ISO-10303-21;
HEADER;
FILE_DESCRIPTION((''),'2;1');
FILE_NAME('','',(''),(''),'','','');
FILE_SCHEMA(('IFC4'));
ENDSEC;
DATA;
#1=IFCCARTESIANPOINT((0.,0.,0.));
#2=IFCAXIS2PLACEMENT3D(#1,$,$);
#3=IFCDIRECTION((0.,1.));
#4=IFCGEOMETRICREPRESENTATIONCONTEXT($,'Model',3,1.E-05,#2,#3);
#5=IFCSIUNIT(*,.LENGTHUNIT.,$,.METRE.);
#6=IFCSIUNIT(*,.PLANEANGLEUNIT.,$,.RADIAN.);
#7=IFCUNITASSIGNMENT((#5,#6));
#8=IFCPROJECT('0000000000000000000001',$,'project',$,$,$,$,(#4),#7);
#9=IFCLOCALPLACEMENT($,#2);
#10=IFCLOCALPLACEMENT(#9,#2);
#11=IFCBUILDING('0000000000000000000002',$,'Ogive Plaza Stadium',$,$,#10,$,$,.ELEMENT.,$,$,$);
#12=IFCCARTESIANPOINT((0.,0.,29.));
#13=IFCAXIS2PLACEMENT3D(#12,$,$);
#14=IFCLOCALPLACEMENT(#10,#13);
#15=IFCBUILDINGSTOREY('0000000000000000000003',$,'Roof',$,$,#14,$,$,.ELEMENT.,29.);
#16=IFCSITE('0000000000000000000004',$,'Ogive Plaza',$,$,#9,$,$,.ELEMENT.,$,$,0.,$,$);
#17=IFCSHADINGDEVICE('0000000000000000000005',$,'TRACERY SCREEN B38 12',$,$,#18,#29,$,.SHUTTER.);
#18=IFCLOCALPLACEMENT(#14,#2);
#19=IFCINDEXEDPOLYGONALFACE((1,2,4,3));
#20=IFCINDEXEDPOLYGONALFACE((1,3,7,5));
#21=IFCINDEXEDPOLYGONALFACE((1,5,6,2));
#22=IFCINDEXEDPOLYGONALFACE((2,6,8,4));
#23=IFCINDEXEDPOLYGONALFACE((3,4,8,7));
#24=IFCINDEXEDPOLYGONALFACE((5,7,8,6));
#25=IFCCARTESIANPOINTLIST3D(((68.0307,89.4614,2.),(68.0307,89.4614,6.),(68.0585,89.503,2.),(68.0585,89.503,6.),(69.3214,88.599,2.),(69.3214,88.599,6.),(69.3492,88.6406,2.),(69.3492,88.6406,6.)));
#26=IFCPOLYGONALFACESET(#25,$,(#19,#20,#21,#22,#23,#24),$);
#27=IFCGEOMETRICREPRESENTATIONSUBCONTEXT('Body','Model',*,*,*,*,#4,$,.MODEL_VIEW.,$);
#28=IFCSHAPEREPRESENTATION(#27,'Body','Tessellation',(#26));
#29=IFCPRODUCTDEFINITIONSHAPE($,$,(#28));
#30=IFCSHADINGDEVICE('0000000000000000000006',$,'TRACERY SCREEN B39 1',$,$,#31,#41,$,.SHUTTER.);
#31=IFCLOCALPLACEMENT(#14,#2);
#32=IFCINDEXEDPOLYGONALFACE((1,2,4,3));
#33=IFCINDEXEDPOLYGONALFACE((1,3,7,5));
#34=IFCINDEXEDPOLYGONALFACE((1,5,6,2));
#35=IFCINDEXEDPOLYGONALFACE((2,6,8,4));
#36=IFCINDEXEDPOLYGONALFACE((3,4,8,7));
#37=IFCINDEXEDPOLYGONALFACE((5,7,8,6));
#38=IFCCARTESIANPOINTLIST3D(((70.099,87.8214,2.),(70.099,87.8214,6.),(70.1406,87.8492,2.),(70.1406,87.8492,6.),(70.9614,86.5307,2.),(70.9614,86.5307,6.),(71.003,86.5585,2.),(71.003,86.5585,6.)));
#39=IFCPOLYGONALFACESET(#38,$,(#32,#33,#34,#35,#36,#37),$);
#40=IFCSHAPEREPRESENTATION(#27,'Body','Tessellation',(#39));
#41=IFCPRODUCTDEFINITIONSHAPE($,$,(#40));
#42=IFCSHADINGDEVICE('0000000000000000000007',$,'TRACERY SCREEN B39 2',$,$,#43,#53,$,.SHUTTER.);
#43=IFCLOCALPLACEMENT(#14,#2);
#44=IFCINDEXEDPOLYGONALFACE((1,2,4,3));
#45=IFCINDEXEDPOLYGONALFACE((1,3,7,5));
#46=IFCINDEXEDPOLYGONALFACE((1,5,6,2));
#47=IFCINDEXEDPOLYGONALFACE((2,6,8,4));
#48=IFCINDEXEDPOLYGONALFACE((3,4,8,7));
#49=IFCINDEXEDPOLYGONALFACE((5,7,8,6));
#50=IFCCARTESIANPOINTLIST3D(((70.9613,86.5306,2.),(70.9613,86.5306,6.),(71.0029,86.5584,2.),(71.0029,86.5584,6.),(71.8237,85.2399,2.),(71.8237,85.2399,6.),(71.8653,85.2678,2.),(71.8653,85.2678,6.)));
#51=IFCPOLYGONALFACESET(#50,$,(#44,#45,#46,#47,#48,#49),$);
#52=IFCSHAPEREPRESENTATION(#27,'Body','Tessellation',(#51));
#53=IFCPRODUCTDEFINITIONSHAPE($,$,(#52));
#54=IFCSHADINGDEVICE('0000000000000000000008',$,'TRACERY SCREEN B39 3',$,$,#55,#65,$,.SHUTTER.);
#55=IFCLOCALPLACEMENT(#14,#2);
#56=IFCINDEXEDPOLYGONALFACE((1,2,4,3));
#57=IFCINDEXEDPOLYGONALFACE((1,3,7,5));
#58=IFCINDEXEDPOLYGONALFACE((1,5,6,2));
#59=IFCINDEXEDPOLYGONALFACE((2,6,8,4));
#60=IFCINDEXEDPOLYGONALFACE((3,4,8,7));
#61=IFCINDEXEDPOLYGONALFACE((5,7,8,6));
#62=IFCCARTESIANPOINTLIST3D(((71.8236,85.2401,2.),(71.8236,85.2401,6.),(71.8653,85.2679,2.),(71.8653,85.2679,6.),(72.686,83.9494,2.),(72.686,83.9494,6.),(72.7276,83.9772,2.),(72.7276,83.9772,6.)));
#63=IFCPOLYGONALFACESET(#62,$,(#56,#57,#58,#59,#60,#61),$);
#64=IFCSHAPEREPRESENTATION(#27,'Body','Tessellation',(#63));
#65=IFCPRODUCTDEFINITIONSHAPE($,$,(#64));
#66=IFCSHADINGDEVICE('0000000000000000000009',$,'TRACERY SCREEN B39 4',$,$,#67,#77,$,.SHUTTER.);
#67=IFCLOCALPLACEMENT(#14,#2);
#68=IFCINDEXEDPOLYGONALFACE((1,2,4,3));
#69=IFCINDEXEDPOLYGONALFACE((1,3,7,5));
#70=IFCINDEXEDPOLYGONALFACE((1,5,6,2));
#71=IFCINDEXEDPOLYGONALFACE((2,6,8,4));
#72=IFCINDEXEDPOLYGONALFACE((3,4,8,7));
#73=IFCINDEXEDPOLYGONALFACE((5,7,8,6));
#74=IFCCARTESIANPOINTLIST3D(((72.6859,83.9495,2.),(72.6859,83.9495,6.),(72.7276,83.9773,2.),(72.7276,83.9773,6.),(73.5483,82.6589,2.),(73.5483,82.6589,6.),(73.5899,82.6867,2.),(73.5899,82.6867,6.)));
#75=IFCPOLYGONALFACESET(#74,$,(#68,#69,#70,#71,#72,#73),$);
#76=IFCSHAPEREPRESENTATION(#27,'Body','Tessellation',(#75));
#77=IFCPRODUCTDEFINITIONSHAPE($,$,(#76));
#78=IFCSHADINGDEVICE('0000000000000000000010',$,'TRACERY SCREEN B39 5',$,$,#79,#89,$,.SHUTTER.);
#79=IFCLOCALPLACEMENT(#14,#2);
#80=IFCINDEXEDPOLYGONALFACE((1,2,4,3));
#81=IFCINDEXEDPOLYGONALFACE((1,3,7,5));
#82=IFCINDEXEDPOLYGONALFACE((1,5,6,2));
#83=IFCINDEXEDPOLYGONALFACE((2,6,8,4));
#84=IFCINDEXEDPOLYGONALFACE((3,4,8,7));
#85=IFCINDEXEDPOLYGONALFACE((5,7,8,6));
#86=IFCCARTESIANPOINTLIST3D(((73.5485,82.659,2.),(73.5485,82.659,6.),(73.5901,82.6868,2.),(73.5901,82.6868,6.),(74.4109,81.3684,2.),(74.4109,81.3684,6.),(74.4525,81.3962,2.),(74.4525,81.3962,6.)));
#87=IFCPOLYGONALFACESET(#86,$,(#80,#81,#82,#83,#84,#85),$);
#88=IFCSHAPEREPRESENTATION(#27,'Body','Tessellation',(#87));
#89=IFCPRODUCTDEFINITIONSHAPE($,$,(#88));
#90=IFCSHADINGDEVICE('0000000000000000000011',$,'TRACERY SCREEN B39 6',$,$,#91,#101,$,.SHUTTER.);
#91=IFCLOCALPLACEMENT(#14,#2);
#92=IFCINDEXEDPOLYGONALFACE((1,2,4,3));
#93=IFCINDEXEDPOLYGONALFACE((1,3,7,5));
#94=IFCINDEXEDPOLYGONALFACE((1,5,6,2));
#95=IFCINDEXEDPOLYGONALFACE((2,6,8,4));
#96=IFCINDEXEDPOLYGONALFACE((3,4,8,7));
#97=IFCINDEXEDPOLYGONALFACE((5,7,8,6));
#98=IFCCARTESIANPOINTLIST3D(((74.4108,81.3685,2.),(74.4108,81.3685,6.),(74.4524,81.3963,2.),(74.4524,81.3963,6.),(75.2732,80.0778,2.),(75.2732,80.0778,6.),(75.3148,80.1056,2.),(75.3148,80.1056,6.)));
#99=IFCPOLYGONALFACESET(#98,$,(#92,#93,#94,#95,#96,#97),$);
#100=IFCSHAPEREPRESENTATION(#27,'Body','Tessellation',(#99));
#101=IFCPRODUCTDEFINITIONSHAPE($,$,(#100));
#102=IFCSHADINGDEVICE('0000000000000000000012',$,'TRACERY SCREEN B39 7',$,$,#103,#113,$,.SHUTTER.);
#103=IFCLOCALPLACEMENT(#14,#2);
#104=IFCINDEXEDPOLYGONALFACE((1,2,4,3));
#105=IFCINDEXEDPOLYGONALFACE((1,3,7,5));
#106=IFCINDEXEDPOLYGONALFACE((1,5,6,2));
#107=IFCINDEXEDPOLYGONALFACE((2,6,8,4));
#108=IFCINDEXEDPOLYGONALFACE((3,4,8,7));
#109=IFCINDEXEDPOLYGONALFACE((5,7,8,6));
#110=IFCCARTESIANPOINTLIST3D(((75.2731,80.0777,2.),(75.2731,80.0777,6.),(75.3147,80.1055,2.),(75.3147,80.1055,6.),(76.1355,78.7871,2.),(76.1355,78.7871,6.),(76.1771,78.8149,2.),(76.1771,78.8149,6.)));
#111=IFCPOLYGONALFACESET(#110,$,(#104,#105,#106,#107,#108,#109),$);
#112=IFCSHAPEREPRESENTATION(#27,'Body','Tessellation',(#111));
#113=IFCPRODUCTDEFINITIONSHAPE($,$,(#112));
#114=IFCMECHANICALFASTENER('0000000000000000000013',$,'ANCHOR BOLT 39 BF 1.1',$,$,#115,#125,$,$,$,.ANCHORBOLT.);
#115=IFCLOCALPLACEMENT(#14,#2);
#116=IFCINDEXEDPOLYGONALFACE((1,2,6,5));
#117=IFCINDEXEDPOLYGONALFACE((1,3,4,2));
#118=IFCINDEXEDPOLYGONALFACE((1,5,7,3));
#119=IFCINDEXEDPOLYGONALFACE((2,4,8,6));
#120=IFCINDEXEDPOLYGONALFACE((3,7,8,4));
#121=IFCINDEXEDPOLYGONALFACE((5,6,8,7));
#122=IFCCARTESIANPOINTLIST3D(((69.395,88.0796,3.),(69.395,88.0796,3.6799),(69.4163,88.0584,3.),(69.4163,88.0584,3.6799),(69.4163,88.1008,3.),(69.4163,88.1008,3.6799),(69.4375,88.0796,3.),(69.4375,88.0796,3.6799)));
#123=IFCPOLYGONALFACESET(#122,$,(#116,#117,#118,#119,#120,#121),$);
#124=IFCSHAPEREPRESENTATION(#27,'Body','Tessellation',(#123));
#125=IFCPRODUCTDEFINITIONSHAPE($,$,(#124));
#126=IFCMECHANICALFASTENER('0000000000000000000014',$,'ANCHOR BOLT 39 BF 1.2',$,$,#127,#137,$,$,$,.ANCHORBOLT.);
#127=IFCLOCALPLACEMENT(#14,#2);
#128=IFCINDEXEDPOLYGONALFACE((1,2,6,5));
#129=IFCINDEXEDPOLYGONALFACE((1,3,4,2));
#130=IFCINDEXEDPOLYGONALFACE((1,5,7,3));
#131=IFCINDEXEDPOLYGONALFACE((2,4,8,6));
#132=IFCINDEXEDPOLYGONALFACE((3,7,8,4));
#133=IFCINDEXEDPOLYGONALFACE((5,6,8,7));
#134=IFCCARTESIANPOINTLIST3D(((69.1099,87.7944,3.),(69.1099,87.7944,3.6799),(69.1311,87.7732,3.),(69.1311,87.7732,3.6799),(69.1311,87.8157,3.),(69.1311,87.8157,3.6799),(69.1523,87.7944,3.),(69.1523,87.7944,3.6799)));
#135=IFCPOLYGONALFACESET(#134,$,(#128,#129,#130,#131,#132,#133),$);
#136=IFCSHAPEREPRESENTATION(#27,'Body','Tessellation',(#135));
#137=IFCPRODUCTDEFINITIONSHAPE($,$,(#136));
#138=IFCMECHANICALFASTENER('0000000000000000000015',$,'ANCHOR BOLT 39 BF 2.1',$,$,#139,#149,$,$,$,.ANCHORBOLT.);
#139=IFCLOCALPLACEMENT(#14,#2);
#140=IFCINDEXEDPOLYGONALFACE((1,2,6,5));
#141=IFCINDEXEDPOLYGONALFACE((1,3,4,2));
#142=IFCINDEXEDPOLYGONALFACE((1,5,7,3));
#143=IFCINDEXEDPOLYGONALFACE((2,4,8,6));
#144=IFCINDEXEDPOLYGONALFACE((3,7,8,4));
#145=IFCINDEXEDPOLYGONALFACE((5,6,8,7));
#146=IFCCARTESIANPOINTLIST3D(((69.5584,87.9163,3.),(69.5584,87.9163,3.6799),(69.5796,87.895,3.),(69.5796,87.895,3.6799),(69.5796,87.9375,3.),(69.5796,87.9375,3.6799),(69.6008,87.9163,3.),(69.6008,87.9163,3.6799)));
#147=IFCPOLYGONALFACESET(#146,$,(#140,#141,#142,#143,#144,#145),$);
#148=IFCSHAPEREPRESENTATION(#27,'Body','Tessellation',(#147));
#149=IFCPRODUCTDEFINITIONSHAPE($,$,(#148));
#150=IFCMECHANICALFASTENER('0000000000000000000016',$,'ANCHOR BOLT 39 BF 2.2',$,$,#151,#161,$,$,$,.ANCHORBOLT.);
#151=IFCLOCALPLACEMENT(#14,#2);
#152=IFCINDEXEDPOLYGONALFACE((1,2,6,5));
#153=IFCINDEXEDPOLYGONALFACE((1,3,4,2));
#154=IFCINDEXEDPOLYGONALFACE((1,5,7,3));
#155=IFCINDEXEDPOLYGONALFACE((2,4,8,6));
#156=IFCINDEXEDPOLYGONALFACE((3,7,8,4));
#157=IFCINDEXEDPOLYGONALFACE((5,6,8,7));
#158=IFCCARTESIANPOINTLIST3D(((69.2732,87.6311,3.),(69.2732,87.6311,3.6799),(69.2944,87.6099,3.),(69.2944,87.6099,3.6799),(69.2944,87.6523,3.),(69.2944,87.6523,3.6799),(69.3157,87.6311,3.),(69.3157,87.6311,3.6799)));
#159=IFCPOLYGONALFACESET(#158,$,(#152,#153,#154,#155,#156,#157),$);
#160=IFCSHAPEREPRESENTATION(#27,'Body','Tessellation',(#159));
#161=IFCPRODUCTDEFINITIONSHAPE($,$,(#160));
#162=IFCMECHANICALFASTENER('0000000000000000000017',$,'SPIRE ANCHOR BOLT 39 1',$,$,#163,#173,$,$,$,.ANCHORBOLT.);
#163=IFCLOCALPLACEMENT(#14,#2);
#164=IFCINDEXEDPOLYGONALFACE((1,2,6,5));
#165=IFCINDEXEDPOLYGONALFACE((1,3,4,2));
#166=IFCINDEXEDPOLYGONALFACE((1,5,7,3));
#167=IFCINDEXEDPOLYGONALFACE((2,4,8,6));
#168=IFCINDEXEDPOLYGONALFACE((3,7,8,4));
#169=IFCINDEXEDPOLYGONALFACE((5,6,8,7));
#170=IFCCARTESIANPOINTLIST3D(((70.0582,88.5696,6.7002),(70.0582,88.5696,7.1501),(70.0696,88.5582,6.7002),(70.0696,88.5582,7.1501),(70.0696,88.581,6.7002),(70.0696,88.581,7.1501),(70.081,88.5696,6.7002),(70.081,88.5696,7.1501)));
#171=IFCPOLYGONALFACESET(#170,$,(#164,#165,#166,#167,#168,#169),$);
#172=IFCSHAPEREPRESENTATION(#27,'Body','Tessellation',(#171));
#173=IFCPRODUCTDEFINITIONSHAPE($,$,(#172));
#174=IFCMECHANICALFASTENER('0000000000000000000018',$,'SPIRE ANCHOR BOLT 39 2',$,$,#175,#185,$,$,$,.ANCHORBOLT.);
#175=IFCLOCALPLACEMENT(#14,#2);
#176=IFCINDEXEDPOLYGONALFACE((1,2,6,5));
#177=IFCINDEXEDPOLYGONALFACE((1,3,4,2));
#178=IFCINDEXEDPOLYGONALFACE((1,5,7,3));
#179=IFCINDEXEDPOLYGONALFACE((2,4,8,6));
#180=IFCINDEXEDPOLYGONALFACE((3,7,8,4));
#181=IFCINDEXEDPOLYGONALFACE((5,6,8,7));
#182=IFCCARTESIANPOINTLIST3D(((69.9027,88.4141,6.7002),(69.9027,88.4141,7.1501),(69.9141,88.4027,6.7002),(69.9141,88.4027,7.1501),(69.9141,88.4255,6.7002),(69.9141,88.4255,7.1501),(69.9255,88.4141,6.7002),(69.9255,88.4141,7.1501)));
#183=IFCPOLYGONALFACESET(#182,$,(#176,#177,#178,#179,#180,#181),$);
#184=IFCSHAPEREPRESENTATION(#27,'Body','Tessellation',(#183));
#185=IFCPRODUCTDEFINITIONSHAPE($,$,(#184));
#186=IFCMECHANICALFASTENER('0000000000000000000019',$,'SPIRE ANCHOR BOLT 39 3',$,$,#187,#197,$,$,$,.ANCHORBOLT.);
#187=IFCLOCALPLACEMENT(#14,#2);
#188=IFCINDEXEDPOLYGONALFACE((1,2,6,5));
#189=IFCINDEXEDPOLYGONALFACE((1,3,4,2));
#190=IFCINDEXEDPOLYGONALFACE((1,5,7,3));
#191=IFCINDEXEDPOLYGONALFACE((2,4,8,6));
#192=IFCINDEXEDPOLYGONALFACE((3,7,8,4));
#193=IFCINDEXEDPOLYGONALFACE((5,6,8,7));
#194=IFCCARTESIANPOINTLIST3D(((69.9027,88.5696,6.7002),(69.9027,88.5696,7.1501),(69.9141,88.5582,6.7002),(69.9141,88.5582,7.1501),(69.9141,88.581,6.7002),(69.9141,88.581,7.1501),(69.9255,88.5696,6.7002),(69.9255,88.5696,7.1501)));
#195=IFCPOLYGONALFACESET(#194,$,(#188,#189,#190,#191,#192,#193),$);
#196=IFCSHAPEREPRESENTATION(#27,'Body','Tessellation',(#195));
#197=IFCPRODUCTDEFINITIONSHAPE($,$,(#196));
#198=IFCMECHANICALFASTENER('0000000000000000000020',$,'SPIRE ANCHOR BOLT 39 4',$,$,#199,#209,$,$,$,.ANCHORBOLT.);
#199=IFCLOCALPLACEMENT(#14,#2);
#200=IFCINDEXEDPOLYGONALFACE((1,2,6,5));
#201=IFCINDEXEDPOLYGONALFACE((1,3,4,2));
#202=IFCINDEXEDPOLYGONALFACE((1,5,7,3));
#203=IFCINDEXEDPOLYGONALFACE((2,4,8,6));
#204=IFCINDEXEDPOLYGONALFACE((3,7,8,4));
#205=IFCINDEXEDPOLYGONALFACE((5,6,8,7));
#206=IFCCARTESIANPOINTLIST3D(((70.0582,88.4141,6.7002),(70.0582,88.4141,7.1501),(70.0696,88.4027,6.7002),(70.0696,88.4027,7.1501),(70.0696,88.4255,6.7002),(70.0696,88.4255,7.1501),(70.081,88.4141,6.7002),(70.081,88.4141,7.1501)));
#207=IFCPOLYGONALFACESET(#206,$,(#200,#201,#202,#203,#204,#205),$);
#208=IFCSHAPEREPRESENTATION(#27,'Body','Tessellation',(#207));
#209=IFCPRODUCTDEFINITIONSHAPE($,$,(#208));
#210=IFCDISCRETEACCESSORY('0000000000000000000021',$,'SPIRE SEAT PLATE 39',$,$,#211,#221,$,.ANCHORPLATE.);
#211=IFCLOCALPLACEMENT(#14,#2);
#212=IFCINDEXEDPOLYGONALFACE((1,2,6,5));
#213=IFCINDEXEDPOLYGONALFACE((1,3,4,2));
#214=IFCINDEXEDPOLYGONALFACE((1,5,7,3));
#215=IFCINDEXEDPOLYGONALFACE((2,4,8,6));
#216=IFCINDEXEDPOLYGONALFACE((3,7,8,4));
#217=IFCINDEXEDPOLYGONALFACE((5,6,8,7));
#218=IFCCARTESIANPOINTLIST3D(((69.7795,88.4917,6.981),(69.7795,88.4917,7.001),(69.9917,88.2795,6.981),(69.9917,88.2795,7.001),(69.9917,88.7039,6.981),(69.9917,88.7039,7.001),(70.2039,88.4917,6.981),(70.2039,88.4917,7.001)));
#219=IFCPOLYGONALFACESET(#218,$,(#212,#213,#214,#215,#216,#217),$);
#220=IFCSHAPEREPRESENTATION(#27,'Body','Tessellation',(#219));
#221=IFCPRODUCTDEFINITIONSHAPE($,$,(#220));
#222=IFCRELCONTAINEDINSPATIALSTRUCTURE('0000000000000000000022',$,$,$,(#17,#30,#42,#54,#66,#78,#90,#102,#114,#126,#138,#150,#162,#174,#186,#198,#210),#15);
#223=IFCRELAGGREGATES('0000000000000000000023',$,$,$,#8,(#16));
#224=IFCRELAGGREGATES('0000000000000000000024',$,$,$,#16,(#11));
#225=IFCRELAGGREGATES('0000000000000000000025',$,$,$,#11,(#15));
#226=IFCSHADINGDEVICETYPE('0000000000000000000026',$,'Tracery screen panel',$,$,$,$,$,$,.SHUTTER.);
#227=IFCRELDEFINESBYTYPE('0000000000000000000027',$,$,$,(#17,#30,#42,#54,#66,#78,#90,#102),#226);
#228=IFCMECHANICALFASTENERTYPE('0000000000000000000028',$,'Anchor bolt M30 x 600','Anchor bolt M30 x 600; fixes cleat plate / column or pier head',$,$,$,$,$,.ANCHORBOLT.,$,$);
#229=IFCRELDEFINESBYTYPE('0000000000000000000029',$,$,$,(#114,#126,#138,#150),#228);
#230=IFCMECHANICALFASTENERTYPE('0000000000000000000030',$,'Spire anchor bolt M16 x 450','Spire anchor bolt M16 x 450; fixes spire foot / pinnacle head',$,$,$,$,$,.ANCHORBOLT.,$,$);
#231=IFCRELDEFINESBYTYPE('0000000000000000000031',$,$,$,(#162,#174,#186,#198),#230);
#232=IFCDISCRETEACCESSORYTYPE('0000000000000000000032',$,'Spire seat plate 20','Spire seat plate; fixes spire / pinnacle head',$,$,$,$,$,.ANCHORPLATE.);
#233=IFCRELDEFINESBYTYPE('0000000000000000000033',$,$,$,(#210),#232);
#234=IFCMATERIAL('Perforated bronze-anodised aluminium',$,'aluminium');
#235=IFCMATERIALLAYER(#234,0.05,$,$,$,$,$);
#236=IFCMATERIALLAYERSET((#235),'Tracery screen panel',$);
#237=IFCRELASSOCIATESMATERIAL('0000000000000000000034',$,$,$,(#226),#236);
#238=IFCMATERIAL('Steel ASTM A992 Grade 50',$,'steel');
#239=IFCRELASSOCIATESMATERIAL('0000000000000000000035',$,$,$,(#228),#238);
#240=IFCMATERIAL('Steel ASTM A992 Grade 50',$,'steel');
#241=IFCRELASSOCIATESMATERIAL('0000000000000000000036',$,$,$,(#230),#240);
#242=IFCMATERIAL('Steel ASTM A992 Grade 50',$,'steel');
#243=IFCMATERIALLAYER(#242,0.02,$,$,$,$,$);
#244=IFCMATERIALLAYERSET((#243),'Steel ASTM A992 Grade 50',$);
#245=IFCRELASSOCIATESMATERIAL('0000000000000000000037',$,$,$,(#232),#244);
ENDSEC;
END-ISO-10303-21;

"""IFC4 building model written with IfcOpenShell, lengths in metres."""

from ifc_helpers import new_model, si_unit, direction, frame, origin, origin_2d, place, context, subcontext, project, spatial, rectangle, extrude, material, layer, layer_set, type_object, element, save


model = new_model("IFC4")

# Units and contexts
model_context = context("Model", 3, precision=1e-05, world=origin(), true_north=direction((0.0, 1.0)))
body_context = subcontext(model_context, "Body", "Model", "MODEL_VIEW")
ifc_project = project(units=[si_unit("LENGTHUNIT", "METRE"), si_unit("PLANEANGLEUNIT", "RADIAN")], contexts=[model_context])

# Site, building, storey
site_placement = place(None, origin())
site = spatial("IfcSite", under=ifc_project, at=site_placement, Name="Ogive Plaza", CompositionType="ELEMENT", RefElevation=0.0)
building_placement = place(site_placement, origin())
building = spatial("IfcBuilding", under=site, at=building_placement, Name="Ogive Plaza Stadium", CompositionType="ELEMENT")
storey_placement = place(building_placement, frame((0.0, 0.0, 29.0)))
storey = spatial("IfcBuildingStorey", under=building, at=storey_placement, Name="Roof", CompositionType="ELEMENT", Elevation=29.0)

# Shading devices
ifc_material_1 = material(Name="Perforated bronze-anodised aluminium", Category="aluminium")
ifc_layer_1 = layer(ifc_material_1, 0.05)
ifc_layer_set_1 = layer_set([ifc_layer_1], Name="Tracery screen panel")
shading_device_type = type_object("IfcShadingDeviceType", Name="Tracery screen panel", PredefinedType="SHUTTER", material=ifc_layer_set_1)
for number, where, z_axis, x_axis, name in (
    (1, (68.6899, 89.051, 2.0), (0.0, 0.0, 1.0), (0.83147, -0.55557, 0.0), "TRACERY SCREEN B38 12"),
    (2, (70.551, 87.1899, 2.0), (0.0, 0.0, 1.0), (0.55557, -0.83147, 0.0), "TRACERY SCREEN B39 1"),
    (3, (71.4133, 85.8992, 2.0), (0.0, 0.0, 1.0), (0.55557, -0.83147, 0.0), "TRACERY SCREEN B39 2"),
    (4, (72.2756, 84.6086, 2.0), (0.0, 0.0, 1.0), (0.55557, -0.83147, 0.0), "TRACERY SCREEN B39 3"),
    (5, (73.1379, 83.3181, 2.0), (0.0, 0.0, 1.0), (0.55557, -0.83147, 0.0), "TRACERY SCREEN B39 4"),
    (6, (74.0005, 82.0276, 2.0), (0.0, 0.0, 1.0), (0.55557, -0.83147, 0.0), "TRACERY SCREEN B39 5"),
    (7, (74.8628, 80.7371, 2.0), (0.0, 0.0, 1.0), (0.55557, -0.83147, 0.0), "TRACERY SCREEN B39 6"),
    (8, (75.7251, 79.4463, 2.0), (0.0, 0.0, 1.0), (0.55557, -0.83147, 0.0), "TRACERY SCREEN B39 7"),
):
    element("IfcShadingDevice", number, at=place(storey_placement, frame(where, z_axis=z_axis, x_axis=x_axis)), inside=storey, type_object=shading_device_type, Name=name, PredefinedType="SHUTTER", context=body_context, shape_type="SweptSolid", body=[
        extrude(rectangle(XDim=1.5522, YDim=0.05, at=origin_2d()), origin(), (0.0, 0.0, 1.0), 4.0),
    ])

# Mechanical fasteners
ifc_material_2 = material(Name="Steel ASTM A992 Grade 50", Category="steel")
mechanical_fastener_type_1 = type_object("IfcMechanicalFastenerType", Name="Anchor bolt M30 x 600", Description="Anchor bolt M30 x 600; fixes cleat plate / column or pier head", PredefinedType="ANCHORBOLT", material=ifc_material_2)
for number, where, z_axis, x_axis, name in (
    (9, (69.4163, 88.0796, 3.0), (0.0, 0.0, 1.0), (0.707107, 0.707107, 0.0), "ANCHOR BOLT 39 BF 1.1"),
    (10, (69.1311, 87.7944, 3.0), (0.0, 0.0, 1.0), (0.707107, 0.707107, 0.0), "ANCHOR BOLT 39 BF 1.2"),
    (11, (69.5796, 87.9163, 3.0), (0.0, 0.0, 1.0), (0.707107, 0.707107, 0.0), "ANCHOR BOLT 39 BF 2.1"),
    (12, (69.2944, 87.6311, 3.0), (0.0, 0.0, 1.0), (0.707107, 0.707107, 0.0), "ANCHOR BOLT 39 BF 2.2"),
):
    element("IfcMechanicalFastener", number, at=place(storey_placement, frame(where, z_axis=z_axis, x_axis=x_axis)), inside=storey, type_object=mechanical_fastener_type_1, Name=name, PredefinedType="ANCHORBOLT", context=body_context, shape_type="SweptSolid", body=[
        extrude(rectangle(XDim=0.03, YDim=0.03, at=origin_2d()), origin(), (0.0, 0.0, 1.0), 0.6799),
    ])
ifc_material_3 = material(Name="Steel ASTM A992 Grade 50", Category="steel")
mechanical_fastener_type_2 = type_object("IfcMechanicalFastenerType", Name="Spire anchor bolt M16 x 450", Description="Spire anchor bolt M16 x 450; fixes spire foot / pinnacle head", PredefinedType="ANCHORBOLT", material=ifc_material_3)
for number, where, z_axis, x_axis, name in (
    (13, (70.0696, 88.5696, 6.7002), (0.0, 0.0, 1.0), (0.707107, 0.707107, 0.0), "SPIRE ANCHOR BOLT 39 1"),
    (14, (69.9141, 88.4141, 6.7002), (0.0, 0.0, 1.0), (0.707107, 0.707107, 0.0), "SPIRE ANCHOR BOLT 39 2"),
    (15, (69.9141, 88.5696, 6.7002), (0.0, 0.0, 1.0), (0.707107, 0.707107, 0.0), "SPIRE ANCHOR BOLT 39 3"),
    (16, (70.0696, 88.4141, 6.7002), (0.0, 0.0, 1.0), (0.707107, 0.707107, 0.0), "SPIRE ANCHOR BOLT 39 4"),
):
    element("IfcMechanicalFastener", number, at=place(storey_placement, frame(where, z_axis=z_axis, x_axis=x_axis)), inside=storey, type_object=mechanical_fastener_type_2, Name=name, PredefinedType="ANCHORBOLT", context=body_context, shape_type="SweptSolid", body=[
        extrude(rectangle(XDim=0.0161, YDim=0.0161, at=origin_2d()), origin(), (0.0, 0.0, 1.0), 0.45),
    ])

# Discrete accessory
ifc_material_4 = material(Name="Steel ASTM A992 Grade 50", Category="steel")
ifc_layer_2 = layer(ifc_material_4, 0.02)
ifc_layer_set_2 = layer_set([ifc_layer_2], Name="Steel ASTM A992 Grade 50")
discrete_accessory_type_1 = type_object("IfcDiscreteAccessoryType", Name="Spire seat plate 20", Description="Spire seat plate; fixes spire / pinnacle head", PredefinedType="ANCHORPLATE", material=ifc_layer_set_2)
discrete_accessory_placement = place(storey_placement, frame((69.9917, 88.4917, 6.981), z_axis=(0.0, 0.0, 1.0), x_axis=(0.707107, 0.707107, 0.0)))
element("IfcDiscreteAccessory", 17, at=discrete_accessory_placement, inside=storey, type_object=discrete_accessory_type_1, Name="SPIRE SEAT PLATE 39", PredefinedType="ANCHORPLATE", context=body_context, shape_type="SweptSolid", body=[
    extrude(rectangle(XDim=0.3, YDim=0.3, at=origin_2d()), origin(), (0.0, 0.0, 1.0), 0.02),
])

save(model, "model.ifc")
